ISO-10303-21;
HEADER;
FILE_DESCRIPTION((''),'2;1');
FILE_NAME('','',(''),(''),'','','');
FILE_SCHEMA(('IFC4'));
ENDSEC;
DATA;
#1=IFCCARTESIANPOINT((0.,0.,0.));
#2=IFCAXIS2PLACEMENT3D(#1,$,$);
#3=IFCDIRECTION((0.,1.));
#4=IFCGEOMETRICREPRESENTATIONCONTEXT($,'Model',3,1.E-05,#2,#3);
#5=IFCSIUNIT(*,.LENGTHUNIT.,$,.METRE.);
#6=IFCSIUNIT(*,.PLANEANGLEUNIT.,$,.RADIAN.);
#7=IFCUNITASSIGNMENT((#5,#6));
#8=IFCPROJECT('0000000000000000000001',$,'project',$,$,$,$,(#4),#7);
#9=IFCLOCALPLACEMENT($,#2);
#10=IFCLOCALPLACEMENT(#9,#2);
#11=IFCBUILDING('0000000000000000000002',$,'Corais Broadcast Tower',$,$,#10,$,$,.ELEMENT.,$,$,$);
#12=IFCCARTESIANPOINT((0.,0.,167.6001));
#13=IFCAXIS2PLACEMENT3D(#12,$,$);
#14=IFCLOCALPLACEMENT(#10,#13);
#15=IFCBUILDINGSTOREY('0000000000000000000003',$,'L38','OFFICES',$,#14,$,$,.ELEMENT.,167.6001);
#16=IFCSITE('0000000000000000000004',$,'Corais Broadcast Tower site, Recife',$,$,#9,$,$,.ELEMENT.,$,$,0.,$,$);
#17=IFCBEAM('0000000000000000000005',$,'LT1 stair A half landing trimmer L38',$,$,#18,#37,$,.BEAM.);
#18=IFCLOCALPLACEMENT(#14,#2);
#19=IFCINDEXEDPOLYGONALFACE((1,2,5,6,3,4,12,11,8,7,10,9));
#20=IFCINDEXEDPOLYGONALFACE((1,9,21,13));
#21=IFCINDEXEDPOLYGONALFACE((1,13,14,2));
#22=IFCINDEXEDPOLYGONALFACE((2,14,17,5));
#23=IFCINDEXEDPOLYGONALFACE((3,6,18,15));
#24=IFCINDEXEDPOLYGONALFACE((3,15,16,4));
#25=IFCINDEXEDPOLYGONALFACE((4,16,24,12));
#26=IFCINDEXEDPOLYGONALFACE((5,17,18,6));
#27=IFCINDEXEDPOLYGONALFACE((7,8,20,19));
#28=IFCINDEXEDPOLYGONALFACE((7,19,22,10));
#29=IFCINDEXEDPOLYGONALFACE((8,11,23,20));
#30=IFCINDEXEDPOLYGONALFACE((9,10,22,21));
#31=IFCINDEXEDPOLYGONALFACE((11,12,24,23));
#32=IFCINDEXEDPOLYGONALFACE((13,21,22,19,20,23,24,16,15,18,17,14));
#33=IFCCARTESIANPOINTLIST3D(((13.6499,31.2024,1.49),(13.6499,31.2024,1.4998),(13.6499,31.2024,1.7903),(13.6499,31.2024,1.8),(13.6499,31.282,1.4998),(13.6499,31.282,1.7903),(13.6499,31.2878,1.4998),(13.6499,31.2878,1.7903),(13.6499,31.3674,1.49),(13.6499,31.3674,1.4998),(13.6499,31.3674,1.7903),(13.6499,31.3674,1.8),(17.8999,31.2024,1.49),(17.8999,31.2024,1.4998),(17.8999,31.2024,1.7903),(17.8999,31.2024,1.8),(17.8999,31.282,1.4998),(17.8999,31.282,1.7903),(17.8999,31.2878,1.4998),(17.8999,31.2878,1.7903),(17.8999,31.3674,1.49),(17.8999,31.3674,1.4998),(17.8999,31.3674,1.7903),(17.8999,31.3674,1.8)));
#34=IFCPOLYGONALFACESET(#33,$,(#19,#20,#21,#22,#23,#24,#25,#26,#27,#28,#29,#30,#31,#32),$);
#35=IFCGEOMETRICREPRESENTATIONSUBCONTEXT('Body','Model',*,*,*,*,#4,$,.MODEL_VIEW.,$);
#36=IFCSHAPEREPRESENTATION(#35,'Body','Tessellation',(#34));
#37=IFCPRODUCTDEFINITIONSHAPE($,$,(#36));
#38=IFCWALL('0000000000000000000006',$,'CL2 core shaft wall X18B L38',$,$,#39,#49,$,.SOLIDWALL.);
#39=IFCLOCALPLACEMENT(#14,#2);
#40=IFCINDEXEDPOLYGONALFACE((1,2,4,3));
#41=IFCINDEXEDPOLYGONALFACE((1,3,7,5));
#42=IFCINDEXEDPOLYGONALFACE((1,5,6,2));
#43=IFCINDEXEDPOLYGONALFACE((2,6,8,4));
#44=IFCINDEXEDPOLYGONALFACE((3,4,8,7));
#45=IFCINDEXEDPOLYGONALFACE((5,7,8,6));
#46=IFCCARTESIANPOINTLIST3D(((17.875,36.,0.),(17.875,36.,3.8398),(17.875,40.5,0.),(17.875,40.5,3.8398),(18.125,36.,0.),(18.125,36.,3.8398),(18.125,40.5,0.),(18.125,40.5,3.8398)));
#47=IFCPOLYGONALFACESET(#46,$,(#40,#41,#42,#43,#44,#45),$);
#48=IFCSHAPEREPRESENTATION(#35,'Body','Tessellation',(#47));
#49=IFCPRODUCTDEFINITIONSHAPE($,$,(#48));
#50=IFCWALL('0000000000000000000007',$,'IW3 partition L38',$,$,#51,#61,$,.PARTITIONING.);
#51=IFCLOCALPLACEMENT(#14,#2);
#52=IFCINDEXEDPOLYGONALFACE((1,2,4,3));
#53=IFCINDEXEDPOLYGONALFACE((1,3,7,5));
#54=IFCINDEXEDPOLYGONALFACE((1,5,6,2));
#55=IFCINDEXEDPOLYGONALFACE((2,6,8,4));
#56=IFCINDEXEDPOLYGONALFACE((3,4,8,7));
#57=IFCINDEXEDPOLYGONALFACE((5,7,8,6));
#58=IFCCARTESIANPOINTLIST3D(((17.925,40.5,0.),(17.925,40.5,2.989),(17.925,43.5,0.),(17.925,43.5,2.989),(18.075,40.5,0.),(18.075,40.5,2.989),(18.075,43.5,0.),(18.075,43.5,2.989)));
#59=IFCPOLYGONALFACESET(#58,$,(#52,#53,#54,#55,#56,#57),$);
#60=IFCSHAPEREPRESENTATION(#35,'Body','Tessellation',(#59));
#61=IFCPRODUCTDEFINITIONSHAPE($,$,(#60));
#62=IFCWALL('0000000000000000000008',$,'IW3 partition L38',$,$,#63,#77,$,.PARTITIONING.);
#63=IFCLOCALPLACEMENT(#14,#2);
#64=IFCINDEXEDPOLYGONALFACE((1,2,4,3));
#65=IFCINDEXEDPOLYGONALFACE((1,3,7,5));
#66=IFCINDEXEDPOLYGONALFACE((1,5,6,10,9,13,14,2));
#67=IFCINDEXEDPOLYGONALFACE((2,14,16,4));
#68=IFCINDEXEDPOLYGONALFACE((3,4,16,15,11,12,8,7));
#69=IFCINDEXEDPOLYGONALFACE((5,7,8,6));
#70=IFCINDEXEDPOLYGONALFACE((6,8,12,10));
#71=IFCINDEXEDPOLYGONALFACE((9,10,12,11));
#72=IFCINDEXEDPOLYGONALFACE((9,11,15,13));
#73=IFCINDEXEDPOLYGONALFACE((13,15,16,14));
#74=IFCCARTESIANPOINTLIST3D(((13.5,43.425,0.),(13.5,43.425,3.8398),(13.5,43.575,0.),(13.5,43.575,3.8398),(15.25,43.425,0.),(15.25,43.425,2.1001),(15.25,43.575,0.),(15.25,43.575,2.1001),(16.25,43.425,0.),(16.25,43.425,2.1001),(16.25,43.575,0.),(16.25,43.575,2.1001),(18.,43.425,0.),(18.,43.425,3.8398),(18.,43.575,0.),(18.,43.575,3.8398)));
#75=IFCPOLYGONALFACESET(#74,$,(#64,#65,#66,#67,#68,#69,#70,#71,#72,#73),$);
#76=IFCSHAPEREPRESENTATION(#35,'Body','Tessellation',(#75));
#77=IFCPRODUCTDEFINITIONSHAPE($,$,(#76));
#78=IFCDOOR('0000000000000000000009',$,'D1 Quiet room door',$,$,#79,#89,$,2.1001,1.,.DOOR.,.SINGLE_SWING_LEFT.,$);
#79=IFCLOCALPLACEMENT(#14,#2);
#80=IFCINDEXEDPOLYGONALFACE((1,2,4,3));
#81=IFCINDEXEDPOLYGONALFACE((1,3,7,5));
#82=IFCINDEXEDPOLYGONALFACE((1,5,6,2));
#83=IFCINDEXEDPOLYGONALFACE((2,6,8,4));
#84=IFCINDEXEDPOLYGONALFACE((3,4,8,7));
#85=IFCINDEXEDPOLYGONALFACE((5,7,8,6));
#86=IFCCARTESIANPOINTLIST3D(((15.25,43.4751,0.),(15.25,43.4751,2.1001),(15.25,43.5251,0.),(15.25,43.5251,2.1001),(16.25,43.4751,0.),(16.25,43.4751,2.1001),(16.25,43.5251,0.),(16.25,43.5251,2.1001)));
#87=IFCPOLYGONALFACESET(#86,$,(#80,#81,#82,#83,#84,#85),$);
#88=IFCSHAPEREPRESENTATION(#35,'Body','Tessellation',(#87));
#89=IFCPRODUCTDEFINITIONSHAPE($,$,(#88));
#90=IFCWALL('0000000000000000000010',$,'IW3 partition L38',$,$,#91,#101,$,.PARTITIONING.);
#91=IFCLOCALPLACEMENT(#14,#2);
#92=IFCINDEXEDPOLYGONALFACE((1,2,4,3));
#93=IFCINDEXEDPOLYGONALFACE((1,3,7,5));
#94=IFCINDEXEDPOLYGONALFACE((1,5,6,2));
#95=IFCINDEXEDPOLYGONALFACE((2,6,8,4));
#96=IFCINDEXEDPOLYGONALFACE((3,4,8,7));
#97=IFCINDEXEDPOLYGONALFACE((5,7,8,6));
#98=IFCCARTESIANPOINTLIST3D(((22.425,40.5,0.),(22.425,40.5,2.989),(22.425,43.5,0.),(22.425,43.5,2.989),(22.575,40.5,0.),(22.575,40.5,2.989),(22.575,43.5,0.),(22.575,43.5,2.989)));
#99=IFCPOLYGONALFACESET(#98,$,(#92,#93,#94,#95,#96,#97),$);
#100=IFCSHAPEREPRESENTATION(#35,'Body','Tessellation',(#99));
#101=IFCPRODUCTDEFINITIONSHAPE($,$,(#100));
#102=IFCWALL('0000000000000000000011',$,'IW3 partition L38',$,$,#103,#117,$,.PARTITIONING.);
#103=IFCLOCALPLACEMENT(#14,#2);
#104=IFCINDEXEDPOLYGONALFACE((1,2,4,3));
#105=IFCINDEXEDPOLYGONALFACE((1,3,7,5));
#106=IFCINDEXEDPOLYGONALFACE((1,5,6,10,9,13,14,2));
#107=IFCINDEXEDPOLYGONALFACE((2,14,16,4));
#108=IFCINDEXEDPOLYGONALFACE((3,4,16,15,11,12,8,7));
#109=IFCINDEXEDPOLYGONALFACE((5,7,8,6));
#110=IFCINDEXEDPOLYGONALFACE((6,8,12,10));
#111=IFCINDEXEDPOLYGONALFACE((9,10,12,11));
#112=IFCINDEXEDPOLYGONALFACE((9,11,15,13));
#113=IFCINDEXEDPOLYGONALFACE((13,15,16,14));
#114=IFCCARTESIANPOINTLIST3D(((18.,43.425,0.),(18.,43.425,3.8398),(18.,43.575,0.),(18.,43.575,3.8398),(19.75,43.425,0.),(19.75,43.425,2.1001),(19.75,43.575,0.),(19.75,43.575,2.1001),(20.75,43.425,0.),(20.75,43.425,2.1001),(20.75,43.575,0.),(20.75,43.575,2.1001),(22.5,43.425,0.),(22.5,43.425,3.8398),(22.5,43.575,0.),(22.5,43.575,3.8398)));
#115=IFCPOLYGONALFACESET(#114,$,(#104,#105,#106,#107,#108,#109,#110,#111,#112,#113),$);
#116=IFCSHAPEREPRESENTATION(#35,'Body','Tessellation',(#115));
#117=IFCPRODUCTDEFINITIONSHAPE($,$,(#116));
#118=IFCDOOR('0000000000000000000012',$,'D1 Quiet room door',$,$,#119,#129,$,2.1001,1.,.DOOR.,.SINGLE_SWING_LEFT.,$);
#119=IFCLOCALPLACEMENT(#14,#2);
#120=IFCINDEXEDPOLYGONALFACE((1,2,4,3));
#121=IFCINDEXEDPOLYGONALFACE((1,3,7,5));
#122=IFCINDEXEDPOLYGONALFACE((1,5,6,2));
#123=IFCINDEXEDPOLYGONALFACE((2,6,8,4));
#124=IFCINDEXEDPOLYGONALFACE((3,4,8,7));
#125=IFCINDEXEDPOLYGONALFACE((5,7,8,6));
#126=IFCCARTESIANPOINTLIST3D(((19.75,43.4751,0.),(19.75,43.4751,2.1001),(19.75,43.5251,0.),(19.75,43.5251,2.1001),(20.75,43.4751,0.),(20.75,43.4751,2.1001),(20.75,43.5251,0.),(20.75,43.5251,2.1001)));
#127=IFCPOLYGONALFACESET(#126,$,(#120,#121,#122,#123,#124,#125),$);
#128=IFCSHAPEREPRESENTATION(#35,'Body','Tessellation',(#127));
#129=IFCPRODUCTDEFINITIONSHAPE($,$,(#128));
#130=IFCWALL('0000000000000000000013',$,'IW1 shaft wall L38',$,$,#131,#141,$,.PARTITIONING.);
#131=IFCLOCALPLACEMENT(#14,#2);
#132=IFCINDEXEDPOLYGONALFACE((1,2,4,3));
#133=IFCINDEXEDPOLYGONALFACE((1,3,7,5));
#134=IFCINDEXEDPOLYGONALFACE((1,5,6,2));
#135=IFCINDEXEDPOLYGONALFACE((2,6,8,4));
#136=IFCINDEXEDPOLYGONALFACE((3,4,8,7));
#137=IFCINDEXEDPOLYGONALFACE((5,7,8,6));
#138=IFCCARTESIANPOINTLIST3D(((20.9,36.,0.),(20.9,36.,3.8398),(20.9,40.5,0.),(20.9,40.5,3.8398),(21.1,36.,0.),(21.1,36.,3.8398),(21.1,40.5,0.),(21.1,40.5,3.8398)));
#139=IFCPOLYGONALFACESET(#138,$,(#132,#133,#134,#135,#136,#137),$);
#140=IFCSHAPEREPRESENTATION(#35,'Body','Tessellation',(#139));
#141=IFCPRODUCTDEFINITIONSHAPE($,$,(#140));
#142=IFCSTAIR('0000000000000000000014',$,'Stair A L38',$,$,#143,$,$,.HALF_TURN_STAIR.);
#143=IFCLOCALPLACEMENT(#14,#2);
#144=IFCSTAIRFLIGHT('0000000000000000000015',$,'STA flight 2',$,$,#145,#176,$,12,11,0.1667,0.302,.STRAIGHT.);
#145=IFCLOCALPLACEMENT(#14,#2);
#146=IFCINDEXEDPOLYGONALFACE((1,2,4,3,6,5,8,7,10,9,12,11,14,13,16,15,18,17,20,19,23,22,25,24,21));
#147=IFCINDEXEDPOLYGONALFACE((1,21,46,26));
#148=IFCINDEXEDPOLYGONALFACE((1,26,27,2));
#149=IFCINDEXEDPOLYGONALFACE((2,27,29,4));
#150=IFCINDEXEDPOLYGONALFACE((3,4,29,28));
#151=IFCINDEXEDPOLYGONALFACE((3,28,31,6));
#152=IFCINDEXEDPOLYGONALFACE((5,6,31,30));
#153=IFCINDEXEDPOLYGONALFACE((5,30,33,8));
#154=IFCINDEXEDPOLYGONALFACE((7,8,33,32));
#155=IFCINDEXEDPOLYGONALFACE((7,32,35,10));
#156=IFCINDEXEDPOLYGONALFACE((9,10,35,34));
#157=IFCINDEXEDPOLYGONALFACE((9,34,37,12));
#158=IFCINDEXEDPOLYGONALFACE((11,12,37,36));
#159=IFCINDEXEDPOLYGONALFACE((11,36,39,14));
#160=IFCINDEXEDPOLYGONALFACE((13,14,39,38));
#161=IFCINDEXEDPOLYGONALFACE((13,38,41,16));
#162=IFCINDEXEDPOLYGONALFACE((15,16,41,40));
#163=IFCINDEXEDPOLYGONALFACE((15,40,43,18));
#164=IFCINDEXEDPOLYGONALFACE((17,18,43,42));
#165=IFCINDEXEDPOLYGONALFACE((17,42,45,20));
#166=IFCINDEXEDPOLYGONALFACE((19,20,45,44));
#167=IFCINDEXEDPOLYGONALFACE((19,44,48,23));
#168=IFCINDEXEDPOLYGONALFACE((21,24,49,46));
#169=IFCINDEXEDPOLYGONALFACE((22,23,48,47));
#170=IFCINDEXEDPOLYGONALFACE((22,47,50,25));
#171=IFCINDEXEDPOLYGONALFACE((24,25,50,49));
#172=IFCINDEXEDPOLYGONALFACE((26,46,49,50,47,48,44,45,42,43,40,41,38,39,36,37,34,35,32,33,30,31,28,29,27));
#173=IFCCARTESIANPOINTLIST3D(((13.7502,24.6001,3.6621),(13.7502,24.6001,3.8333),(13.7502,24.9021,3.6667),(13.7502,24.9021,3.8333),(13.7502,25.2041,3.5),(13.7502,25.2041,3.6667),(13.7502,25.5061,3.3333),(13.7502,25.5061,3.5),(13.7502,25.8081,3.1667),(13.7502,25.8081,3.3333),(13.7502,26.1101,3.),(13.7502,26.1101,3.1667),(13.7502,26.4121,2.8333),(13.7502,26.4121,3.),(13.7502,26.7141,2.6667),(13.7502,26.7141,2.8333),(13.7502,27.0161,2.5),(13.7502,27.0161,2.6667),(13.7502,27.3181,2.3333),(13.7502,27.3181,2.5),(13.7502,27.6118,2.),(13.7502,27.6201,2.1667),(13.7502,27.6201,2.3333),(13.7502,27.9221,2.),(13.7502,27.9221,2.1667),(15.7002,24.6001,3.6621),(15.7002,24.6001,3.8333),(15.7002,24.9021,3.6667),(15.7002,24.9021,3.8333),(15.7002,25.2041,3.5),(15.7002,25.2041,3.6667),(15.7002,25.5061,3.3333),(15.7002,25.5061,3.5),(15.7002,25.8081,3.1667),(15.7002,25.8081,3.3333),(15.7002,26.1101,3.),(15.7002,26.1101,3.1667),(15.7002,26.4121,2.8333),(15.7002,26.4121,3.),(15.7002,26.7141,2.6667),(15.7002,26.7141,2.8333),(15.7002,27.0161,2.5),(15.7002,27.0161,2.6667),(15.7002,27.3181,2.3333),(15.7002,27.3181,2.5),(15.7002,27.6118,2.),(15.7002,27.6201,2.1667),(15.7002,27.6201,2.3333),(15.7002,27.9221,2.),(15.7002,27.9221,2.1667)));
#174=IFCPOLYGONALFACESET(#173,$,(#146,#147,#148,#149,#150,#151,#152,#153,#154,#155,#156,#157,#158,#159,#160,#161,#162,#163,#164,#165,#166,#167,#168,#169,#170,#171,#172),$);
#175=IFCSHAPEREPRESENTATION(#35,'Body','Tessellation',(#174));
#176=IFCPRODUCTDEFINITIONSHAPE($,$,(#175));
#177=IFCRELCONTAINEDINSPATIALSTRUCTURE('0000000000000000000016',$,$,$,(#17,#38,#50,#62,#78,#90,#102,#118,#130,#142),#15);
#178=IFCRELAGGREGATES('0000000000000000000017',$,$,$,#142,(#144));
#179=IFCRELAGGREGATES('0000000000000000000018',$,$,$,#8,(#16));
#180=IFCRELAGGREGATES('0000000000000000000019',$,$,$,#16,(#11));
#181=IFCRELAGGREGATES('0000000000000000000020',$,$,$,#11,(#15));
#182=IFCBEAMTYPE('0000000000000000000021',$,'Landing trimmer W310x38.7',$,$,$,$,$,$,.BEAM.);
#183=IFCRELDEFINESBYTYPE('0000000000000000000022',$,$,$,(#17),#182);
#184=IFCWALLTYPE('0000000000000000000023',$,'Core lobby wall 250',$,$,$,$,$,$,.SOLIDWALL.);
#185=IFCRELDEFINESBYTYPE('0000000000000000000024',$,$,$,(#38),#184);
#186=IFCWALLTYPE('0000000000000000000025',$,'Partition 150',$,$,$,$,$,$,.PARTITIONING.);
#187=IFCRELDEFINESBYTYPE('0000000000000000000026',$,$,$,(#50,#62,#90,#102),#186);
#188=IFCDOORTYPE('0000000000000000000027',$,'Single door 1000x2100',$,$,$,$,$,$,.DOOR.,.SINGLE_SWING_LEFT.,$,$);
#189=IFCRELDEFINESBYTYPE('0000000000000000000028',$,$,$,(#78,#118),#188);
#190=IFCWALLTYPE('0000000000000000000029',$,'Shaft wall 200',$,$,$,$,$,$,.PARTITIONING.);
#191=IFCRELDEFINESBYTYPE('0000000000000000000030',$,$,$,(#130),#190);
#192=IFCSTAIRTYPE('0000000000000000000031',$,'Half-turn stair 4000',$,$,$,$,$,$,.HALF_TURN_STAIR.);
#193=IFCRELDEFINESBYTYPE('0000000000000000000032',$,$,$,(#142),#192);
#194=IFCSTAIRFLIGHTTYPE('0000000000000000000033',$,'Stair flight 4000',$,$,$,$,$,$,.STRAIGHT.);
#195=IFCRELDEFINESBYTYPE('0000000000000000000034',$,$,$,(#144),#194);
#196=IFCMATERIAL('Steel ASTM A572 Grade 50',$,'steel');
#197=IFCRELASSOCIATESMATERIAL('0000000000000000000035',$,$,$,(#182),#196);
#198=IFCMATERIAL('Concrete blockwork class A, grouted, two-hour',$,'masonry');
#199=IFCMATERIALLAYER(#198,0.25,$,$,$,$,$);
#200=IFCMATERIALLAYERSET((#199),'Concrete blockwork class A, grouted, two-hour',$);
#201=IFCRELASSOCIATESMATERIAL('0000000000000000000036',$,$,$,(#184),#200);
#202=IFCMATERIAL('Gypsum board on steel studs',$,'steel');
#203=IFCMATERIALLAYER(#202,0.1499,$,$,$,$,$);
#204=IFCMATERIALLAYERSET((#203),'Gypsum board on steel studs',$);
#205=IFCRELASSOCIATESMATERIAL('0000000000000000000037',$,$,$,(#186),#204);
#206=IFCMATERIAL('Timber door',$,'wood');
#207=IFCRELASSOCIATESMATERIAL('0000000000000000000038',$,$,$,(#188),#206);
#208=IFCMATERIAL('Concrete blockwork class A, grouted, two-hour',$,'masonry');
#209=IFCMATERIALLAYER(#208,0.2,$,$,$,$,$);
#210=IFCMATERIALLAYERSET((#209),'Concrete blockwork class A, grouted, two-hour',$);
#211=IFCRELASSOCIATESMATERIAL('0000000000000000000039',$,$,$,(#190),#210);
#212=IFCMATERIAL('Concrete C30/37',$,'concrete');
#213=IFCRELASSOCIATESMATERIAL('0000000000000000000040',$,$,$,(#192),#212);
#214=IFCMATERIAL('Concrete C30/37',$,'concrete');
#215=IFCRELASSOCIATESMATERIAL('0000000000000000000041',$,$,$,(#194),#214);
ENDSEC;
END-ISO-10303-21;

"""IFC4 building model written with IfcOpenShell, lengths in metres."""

from ifc_helpers import new_model, si_unit, direction, frame, frame_2d, origin, origin_2d, place, context, subcontext, project, spatial, polyline, rectangle, i_section, outline, extrude, material, layer, layer_set, material_profile, profile_set, type_object, element, fill, aggregate, save


model = new_model("IFC4")

# Units and contexts
model_context = context("Model", 3, precision=1e-05, world=origin(), true_north=direction((0.0, 1.0)))
body_context = subcontext(model_context, "Body", "Model", "MODEL_VIEW")
ifc_project = project(units=[si_unit("LENGTHUNIT", "METRE"), si_unit("PLANEANGLEUNIT", "RADIAN")], contexts=[model_context])

# Site, building, storey
site_placement = place(None, origin())
site = spatial("IfcSite", under=ifc_project, at=site_placement, Name="Corais Broadcast Tower site, Recife", CompositionType="ELEMENT", RefElevation=0.0)
building_placement = place(site_placement, origin())
building = spatial("IfcBuilding", under=site, at=building_placement, Name="Corais Broadcast Tower", CompositionType="ELEMENT")
storey_placement = place(building_placement, frame((0.0, 0.0, 167.6001)))
storey = spatial("IfcBuildingStorey", under=building, at=storey_placement, Name="L38", Description="OFFICES", CompositionType="ELEMENT", Elevation=167.6001)

# Beam
ifc_material_1 = material(Name="Steel ASTM A572 Grade 50", Category="steel")
ifc_material_profile = material_profile(ifc_material_1, i_section(OverallWidth=0.165, OverallDepth=0.3101, WebThickness=0.0059, FlangeThickness=0.0098, at=origin_2d()), Name="W310x38.7")
ifc_profile_set = profile_set([ifc_material_profile], Name="Steel ASTM A572 Grade 50")
beam_type = type_object("IfcBeamType", Name="Landing trimmer W310x38.7", PredefinedType="BEAM", material=ifc_profile_set)
beam_placement = place(storey_placement, frame((13.6499, 31.2849, 1.645), z_axis=(1.0, 0.0, 0.0), x_axis=(0.0, 1.0, 0.0)))
element("IfcBeam", 1, at=beam_placement, inside=storey, type_object=beam_type, Name="LT1 stair A half landing trimmer L38", PredefinedType="BEAM", context=body_context, shape_type="SweptSolid", body=[
    extrude(i_section(OverallWidth=0.165, OverallDepth=0.3101, WebThickness=0.0059, FlangeThickness=0.0098, at=origin_2d()), origin(), (0.0, 0.0, 1.0), 4.25),
])

# Walls
ifc_material_2 = material(Name="Concrete blockwork class A, grouted, two-hour", Category="masonry")
ifc_layer_1 = layer(ifc_material_2, 0.25)
ifc_layer_set_1 = layer_set([ifc_layer_1], Name="Concrete blockwork class A, grouted, two-hour")
wall_type_1 = type_object("IfcWallType", Name="Core lobby wall 250", PredefinedType="SOLIDWALL", material=ifc_layer_set_1)
wall_1_placement = place(storey_placement, frame((18.0, 36.0, 0.0), z_axis=(0.0, 0.0, 1.0), x_axis=(0.0, 1.0, 0.0)))
element("IfcWall", 2, at=wall_1_placement, inside=storey, type_object=wall_type_1, Name="CL2 core shaft wall X18B L38", PredefinedType="SOLIDWALL", context=body_context, shape_type="SweptSolid", body=[
    extrude(rectangle(XDim=4.5, YDim=0.25, at=frame_2d((2.25, 0.0))), origin(), (0.0, 0.0, 1.0), 3.8398),
])
ifc_material_3 = material(Name="Gypsum board on steel studs", Category="steel")
ifc_layer_2 = layer(ifc_material_3, 0.1499)
ifc_layer_set_2 = layer_set([ifc_layer_2], Name="Gypsum board on steel studs")
wall_type_2 = type_object("IfcWallType", Name="Partition 150", PredefinedType="PARTITIONING", material=ifc_layer_set_2)
wall_2_placement = place(storey_placement, frame((18.0, 40.5, 0.0), z_axis=(0.0, 0.0, 1.0), x_axis=(0.0, 1.0, 0.0)))
element("IfcWall", 3, at=wall_2_placement, inside=storey, type_object=wall_type_2, Name="IW3 partition L38", PredefinedType="PARTITIONING", context=body_context, shape_type="SweptSolid", body=[
    extrude(rectangle(XDim=3.0, YDim=0.1499, at=frame_2d((1.5, 0.0))), origin(), (0.0, 0.0, 1.0), 2.989),
])

# Wall, opening, door
wall_3_placement = place(storey_placement, frame((18.0, 43.5, 0.0), z_axis=(0.0, 0.0, 1.0), x_axis=(-1.0, 0.0, 0.0)))
wall_3 = element("IfcWall", 4, at=wall_3_placement, inside=storey, type_object=wall_type_2, Name="IW3 partition L38", PredefinedType="PARTITIONING", context=body_context, shape_type="SweptSolid", body=[
    extrude(rectangle(XDim=4.5, YDim=0.1499, at=frame_2d((2.25, 0.0))), origin(), (0.0, 0.0, 1.0), 3.8398),
])
opening_1_placement = place(wall_3_placement, frame((1.75, 0.0, 0.0)))
opening_1 = element("IfcOpeningElement", 5, at=opening_1_placement, cuts=wall_3, PredefinedType="OPENING", context=body_context, shape_type="SweptSolid", body=[
    extrude(rectangle(XDim=1.0, YDim=2.1001, at=frame_2d((0.5, 1.05))), frame((0.0, 0.085, 0.0), z_axis=(0.0, -1.0, 0.0), x_axis=(1.0, 0.0, 0.0)), (0.0, 0.0, 1.0), 0.1699),
])
ifc_material_4 = material(Name="Timber door", Category="wood")
door_type = type_object("IfcDoorType", Name="Single door 1000x2100", OperationType="SINGLE_SWING_LEFT", PredefinedType="DOOR", material=ifc_material_4)
door_1_placement = place(opening_1_placement, origin())
door_1 = element("IfcDoor", 6, at=door_1_placement, inside=storey, type_object=door_type, Name="D1 Quiet room door", OperationType="SINGLE_SWING_LEFT", OverallHeight=2.1001, OverallWidth=1.0, PredefinedType="DOOR", context=body_context, shape_type="SweptSolid", body=[
    extrude(rectangle(XDim=1.0, YDim=2.1001, at=frame_2d((0.5, 1.05))), frame((0.0, 0.0249, 0.0), z_axis=(0.0, -1.0, 0.0), x_axis=(1.0, 0.0, 0.0)), (0.0, 0.0, 1.0), 0.05),
])
fill(opening_1, door_1)

# Wall
wall_4_placement = place(storey_placement, frame((22.5, 40.5, 0.0), z_axis=(0.0, 0.0, 1.0), x_axis=(0.0, 1.0, 0.0)))
element("IfcWall", 7, at=wall_4_placement, inside=storey, type_object=wall_type_2, Name="IW3 partition L38", PredefinedType="PARTITIONING", context=body_context, shape_type="SweptSolid", body=[
    extrude(rectangle(XDim=3.0, YDim=0.1499, at=frame_2d((1.5, 0.0))), origin(), (0.0, 0.0, 1.0), 2.989),
])

# Wall, opening, door
wall_5_placement = place(storey_placement, frame((22.5, 43.5, 0.0), z_axis=(0.0, 0.0, 1.0), x_axis=(-1.0, 0.0, 0.0)))
wall_5 = element("IfcWall", 8, at=wall_5_placement, inside=storey, type_object=wall_type_2, Name="IW3 partition L38", PredefinedType="PARTITIONING", context=body_context, shape_type="SweptSolid", body=[
    extrude(rectangle(XDim=4.5, YDim=0.1499, at=frame_2d((2.25, 0.0))), origin(), (0.0, 0.0, 1.0), 3.8398),
])
opening_2_placement = place(wall_5_placement, frame((1.75, 0.0, 0.0)))
opening_2 = element("IfcOpeningElement", 9, at=opening_2_placement, cuts=wall_5, PredefinedType="OPENING", context=body_context, shape_type="SweptSolid", body=[
    extrude(rectangle(XDim=1.0, YDim=2.1001, at=frame_2d((0.5, 1.05))), frame((0.0, 0.085, 0.0), z_axis=(0.0, -1.0, 0.0), x_axis=(1.0, 0.0, 0.0)), (0.0, 0.0, 1.0), 0.1699),
])
door_2_placement = place(opening_2_placement, origin())
door_2 = element("IfcDoor", 10, at=door_2_placement, inside=storey, type_object=door_type, Name="D1 Quiet room door", OperationType="SINGLE_SWING_LEFT", OverallHeight=2.1001, OverallWidth=1.0, PredefinedType="DOOR", context=body_context, shape_type="SweptSolid", body=[
    extrude(rectangle(XDim=1.0, YDim=2.1001, at=frame_2d((0.5, 1.05))), frame((0.0, 0.0249, 0.0), z_axis=(0.0, -1.0, 0.0), x_axis=(1.0, 0.0, 0.0)), (0.0, 0.0, 1.0), 0.05),
])
fill(opening_2, door_2)

# Wall
ifc_material_5 = material(Name="Concrete blockwork class A, grouted, two-hour", Category="masonry")
ifc_layer_3 = layer(ifc_material_5, 0.2)
ifc_layer_set_3 = layer_set([ifc_layer_3], Name="Concrete blockwork class A, grouted, two-hour")
wall_type_3 = type_object("IfcWallType", Name="Shaft wall 200", PredefinedType="PARTITIONING", material=ifc_layer_set_3)
wall_6_placement = place(storey_placement, frame((21.0, 36.0, 0.0), z_axis=(0.0, 0.0, 1.0), x_axis=(0.0, 1.0, 0.0)))
element("IfcWall", 11, at=wall_6_placement, inside=storey, type_object=wall_type_3, Name="IW1 shaft wall L38", PredefinedType="PARTITIONING", context=body_context, shape_type="SweptSolid", body=[
    extrude(rectangle(XDim=4.5, YDim=0.2, at=frame_2d((2.25, 0.0))), origin(), (0.0, 0.0, 1.0), 3.8398),
])

# Stair, stair flight
ifc_material_6 = material(Name="Concrete C30/37", Category="concrete")
stair_type = type_object("IfcStairType", Name="Half-turn stair 4000", PredefinedType="HALF_TURN_STAIR", material=ifc_material_6)
stair_placement = place(storey_placement, origin())
stair = element("IfcStair", 12, at=stair_placement, inside=storey, type_object=stair_type, Name="Stair A L38", PredefinedType="HALF_TURN_STAIR")
ifc_material_7 = material(Name="Concrete C30/37", Category="concrete")
stair_flight_type = type_object("IfcStairFlightType", Name="Stair flight 4000", PredefinedType="STRAIGHT", material=ifc_material_7)
stair_flight_placement = place(storey_placement, frame((14.7251, 27.9221, 2.0), z_axis=(0.0, 0.0, 1.0), x_axis=(0.0, -1.0, 0.0)))
stair_flight = element("IfcStairFlight", 13, at=stair_flight_placement, type_object=stair_flight_type, Name="STA flight 2", NumberOfRisers=12, NumberOfTreads=11, PredefinedType="STRAIGHT", RiserHeight=0.1667, TreadLength=0.302, context=body_context, shape_type="SweptSolid", body=[
    extrude(outline(polyline([(0.0, 0.0), (0.0, 0.1667), (0.302, 0.1667), (0.302, 0.3333), (0.604, 0.3333), (0.604, 0.5), (0.906, 0.5), (0.906, 0.6667), (1.208, 0.6667), (1.208, 0.8333), (1.51, 0.8333), (1.51, 1.0), (1.812, 1.0), (1.812, 1.1667), (2.114, 1.1667), (2.114, 1.3333), (2.416, 1.3333), (2.416, 1.5), (2.718, 1.5), (2.718, 1.6667), (3.02, 1.6667), (3.02, 1.8333), (3.322, 1.8333), (3.322, 2.0), (3.322, 1.6621), (0.3103, 0.0), (0.0, 0.0)])), frame((0.0, 0.9751, 0.0), z_axis=(0.0, -1.0, 0.0), x_axis=(1.0, 0.0, 0.0)), (0.0, 0.0, 1.0), 1.95),
])
aggregate(stair, [stair_flight])

save(model, "model.ifc")
